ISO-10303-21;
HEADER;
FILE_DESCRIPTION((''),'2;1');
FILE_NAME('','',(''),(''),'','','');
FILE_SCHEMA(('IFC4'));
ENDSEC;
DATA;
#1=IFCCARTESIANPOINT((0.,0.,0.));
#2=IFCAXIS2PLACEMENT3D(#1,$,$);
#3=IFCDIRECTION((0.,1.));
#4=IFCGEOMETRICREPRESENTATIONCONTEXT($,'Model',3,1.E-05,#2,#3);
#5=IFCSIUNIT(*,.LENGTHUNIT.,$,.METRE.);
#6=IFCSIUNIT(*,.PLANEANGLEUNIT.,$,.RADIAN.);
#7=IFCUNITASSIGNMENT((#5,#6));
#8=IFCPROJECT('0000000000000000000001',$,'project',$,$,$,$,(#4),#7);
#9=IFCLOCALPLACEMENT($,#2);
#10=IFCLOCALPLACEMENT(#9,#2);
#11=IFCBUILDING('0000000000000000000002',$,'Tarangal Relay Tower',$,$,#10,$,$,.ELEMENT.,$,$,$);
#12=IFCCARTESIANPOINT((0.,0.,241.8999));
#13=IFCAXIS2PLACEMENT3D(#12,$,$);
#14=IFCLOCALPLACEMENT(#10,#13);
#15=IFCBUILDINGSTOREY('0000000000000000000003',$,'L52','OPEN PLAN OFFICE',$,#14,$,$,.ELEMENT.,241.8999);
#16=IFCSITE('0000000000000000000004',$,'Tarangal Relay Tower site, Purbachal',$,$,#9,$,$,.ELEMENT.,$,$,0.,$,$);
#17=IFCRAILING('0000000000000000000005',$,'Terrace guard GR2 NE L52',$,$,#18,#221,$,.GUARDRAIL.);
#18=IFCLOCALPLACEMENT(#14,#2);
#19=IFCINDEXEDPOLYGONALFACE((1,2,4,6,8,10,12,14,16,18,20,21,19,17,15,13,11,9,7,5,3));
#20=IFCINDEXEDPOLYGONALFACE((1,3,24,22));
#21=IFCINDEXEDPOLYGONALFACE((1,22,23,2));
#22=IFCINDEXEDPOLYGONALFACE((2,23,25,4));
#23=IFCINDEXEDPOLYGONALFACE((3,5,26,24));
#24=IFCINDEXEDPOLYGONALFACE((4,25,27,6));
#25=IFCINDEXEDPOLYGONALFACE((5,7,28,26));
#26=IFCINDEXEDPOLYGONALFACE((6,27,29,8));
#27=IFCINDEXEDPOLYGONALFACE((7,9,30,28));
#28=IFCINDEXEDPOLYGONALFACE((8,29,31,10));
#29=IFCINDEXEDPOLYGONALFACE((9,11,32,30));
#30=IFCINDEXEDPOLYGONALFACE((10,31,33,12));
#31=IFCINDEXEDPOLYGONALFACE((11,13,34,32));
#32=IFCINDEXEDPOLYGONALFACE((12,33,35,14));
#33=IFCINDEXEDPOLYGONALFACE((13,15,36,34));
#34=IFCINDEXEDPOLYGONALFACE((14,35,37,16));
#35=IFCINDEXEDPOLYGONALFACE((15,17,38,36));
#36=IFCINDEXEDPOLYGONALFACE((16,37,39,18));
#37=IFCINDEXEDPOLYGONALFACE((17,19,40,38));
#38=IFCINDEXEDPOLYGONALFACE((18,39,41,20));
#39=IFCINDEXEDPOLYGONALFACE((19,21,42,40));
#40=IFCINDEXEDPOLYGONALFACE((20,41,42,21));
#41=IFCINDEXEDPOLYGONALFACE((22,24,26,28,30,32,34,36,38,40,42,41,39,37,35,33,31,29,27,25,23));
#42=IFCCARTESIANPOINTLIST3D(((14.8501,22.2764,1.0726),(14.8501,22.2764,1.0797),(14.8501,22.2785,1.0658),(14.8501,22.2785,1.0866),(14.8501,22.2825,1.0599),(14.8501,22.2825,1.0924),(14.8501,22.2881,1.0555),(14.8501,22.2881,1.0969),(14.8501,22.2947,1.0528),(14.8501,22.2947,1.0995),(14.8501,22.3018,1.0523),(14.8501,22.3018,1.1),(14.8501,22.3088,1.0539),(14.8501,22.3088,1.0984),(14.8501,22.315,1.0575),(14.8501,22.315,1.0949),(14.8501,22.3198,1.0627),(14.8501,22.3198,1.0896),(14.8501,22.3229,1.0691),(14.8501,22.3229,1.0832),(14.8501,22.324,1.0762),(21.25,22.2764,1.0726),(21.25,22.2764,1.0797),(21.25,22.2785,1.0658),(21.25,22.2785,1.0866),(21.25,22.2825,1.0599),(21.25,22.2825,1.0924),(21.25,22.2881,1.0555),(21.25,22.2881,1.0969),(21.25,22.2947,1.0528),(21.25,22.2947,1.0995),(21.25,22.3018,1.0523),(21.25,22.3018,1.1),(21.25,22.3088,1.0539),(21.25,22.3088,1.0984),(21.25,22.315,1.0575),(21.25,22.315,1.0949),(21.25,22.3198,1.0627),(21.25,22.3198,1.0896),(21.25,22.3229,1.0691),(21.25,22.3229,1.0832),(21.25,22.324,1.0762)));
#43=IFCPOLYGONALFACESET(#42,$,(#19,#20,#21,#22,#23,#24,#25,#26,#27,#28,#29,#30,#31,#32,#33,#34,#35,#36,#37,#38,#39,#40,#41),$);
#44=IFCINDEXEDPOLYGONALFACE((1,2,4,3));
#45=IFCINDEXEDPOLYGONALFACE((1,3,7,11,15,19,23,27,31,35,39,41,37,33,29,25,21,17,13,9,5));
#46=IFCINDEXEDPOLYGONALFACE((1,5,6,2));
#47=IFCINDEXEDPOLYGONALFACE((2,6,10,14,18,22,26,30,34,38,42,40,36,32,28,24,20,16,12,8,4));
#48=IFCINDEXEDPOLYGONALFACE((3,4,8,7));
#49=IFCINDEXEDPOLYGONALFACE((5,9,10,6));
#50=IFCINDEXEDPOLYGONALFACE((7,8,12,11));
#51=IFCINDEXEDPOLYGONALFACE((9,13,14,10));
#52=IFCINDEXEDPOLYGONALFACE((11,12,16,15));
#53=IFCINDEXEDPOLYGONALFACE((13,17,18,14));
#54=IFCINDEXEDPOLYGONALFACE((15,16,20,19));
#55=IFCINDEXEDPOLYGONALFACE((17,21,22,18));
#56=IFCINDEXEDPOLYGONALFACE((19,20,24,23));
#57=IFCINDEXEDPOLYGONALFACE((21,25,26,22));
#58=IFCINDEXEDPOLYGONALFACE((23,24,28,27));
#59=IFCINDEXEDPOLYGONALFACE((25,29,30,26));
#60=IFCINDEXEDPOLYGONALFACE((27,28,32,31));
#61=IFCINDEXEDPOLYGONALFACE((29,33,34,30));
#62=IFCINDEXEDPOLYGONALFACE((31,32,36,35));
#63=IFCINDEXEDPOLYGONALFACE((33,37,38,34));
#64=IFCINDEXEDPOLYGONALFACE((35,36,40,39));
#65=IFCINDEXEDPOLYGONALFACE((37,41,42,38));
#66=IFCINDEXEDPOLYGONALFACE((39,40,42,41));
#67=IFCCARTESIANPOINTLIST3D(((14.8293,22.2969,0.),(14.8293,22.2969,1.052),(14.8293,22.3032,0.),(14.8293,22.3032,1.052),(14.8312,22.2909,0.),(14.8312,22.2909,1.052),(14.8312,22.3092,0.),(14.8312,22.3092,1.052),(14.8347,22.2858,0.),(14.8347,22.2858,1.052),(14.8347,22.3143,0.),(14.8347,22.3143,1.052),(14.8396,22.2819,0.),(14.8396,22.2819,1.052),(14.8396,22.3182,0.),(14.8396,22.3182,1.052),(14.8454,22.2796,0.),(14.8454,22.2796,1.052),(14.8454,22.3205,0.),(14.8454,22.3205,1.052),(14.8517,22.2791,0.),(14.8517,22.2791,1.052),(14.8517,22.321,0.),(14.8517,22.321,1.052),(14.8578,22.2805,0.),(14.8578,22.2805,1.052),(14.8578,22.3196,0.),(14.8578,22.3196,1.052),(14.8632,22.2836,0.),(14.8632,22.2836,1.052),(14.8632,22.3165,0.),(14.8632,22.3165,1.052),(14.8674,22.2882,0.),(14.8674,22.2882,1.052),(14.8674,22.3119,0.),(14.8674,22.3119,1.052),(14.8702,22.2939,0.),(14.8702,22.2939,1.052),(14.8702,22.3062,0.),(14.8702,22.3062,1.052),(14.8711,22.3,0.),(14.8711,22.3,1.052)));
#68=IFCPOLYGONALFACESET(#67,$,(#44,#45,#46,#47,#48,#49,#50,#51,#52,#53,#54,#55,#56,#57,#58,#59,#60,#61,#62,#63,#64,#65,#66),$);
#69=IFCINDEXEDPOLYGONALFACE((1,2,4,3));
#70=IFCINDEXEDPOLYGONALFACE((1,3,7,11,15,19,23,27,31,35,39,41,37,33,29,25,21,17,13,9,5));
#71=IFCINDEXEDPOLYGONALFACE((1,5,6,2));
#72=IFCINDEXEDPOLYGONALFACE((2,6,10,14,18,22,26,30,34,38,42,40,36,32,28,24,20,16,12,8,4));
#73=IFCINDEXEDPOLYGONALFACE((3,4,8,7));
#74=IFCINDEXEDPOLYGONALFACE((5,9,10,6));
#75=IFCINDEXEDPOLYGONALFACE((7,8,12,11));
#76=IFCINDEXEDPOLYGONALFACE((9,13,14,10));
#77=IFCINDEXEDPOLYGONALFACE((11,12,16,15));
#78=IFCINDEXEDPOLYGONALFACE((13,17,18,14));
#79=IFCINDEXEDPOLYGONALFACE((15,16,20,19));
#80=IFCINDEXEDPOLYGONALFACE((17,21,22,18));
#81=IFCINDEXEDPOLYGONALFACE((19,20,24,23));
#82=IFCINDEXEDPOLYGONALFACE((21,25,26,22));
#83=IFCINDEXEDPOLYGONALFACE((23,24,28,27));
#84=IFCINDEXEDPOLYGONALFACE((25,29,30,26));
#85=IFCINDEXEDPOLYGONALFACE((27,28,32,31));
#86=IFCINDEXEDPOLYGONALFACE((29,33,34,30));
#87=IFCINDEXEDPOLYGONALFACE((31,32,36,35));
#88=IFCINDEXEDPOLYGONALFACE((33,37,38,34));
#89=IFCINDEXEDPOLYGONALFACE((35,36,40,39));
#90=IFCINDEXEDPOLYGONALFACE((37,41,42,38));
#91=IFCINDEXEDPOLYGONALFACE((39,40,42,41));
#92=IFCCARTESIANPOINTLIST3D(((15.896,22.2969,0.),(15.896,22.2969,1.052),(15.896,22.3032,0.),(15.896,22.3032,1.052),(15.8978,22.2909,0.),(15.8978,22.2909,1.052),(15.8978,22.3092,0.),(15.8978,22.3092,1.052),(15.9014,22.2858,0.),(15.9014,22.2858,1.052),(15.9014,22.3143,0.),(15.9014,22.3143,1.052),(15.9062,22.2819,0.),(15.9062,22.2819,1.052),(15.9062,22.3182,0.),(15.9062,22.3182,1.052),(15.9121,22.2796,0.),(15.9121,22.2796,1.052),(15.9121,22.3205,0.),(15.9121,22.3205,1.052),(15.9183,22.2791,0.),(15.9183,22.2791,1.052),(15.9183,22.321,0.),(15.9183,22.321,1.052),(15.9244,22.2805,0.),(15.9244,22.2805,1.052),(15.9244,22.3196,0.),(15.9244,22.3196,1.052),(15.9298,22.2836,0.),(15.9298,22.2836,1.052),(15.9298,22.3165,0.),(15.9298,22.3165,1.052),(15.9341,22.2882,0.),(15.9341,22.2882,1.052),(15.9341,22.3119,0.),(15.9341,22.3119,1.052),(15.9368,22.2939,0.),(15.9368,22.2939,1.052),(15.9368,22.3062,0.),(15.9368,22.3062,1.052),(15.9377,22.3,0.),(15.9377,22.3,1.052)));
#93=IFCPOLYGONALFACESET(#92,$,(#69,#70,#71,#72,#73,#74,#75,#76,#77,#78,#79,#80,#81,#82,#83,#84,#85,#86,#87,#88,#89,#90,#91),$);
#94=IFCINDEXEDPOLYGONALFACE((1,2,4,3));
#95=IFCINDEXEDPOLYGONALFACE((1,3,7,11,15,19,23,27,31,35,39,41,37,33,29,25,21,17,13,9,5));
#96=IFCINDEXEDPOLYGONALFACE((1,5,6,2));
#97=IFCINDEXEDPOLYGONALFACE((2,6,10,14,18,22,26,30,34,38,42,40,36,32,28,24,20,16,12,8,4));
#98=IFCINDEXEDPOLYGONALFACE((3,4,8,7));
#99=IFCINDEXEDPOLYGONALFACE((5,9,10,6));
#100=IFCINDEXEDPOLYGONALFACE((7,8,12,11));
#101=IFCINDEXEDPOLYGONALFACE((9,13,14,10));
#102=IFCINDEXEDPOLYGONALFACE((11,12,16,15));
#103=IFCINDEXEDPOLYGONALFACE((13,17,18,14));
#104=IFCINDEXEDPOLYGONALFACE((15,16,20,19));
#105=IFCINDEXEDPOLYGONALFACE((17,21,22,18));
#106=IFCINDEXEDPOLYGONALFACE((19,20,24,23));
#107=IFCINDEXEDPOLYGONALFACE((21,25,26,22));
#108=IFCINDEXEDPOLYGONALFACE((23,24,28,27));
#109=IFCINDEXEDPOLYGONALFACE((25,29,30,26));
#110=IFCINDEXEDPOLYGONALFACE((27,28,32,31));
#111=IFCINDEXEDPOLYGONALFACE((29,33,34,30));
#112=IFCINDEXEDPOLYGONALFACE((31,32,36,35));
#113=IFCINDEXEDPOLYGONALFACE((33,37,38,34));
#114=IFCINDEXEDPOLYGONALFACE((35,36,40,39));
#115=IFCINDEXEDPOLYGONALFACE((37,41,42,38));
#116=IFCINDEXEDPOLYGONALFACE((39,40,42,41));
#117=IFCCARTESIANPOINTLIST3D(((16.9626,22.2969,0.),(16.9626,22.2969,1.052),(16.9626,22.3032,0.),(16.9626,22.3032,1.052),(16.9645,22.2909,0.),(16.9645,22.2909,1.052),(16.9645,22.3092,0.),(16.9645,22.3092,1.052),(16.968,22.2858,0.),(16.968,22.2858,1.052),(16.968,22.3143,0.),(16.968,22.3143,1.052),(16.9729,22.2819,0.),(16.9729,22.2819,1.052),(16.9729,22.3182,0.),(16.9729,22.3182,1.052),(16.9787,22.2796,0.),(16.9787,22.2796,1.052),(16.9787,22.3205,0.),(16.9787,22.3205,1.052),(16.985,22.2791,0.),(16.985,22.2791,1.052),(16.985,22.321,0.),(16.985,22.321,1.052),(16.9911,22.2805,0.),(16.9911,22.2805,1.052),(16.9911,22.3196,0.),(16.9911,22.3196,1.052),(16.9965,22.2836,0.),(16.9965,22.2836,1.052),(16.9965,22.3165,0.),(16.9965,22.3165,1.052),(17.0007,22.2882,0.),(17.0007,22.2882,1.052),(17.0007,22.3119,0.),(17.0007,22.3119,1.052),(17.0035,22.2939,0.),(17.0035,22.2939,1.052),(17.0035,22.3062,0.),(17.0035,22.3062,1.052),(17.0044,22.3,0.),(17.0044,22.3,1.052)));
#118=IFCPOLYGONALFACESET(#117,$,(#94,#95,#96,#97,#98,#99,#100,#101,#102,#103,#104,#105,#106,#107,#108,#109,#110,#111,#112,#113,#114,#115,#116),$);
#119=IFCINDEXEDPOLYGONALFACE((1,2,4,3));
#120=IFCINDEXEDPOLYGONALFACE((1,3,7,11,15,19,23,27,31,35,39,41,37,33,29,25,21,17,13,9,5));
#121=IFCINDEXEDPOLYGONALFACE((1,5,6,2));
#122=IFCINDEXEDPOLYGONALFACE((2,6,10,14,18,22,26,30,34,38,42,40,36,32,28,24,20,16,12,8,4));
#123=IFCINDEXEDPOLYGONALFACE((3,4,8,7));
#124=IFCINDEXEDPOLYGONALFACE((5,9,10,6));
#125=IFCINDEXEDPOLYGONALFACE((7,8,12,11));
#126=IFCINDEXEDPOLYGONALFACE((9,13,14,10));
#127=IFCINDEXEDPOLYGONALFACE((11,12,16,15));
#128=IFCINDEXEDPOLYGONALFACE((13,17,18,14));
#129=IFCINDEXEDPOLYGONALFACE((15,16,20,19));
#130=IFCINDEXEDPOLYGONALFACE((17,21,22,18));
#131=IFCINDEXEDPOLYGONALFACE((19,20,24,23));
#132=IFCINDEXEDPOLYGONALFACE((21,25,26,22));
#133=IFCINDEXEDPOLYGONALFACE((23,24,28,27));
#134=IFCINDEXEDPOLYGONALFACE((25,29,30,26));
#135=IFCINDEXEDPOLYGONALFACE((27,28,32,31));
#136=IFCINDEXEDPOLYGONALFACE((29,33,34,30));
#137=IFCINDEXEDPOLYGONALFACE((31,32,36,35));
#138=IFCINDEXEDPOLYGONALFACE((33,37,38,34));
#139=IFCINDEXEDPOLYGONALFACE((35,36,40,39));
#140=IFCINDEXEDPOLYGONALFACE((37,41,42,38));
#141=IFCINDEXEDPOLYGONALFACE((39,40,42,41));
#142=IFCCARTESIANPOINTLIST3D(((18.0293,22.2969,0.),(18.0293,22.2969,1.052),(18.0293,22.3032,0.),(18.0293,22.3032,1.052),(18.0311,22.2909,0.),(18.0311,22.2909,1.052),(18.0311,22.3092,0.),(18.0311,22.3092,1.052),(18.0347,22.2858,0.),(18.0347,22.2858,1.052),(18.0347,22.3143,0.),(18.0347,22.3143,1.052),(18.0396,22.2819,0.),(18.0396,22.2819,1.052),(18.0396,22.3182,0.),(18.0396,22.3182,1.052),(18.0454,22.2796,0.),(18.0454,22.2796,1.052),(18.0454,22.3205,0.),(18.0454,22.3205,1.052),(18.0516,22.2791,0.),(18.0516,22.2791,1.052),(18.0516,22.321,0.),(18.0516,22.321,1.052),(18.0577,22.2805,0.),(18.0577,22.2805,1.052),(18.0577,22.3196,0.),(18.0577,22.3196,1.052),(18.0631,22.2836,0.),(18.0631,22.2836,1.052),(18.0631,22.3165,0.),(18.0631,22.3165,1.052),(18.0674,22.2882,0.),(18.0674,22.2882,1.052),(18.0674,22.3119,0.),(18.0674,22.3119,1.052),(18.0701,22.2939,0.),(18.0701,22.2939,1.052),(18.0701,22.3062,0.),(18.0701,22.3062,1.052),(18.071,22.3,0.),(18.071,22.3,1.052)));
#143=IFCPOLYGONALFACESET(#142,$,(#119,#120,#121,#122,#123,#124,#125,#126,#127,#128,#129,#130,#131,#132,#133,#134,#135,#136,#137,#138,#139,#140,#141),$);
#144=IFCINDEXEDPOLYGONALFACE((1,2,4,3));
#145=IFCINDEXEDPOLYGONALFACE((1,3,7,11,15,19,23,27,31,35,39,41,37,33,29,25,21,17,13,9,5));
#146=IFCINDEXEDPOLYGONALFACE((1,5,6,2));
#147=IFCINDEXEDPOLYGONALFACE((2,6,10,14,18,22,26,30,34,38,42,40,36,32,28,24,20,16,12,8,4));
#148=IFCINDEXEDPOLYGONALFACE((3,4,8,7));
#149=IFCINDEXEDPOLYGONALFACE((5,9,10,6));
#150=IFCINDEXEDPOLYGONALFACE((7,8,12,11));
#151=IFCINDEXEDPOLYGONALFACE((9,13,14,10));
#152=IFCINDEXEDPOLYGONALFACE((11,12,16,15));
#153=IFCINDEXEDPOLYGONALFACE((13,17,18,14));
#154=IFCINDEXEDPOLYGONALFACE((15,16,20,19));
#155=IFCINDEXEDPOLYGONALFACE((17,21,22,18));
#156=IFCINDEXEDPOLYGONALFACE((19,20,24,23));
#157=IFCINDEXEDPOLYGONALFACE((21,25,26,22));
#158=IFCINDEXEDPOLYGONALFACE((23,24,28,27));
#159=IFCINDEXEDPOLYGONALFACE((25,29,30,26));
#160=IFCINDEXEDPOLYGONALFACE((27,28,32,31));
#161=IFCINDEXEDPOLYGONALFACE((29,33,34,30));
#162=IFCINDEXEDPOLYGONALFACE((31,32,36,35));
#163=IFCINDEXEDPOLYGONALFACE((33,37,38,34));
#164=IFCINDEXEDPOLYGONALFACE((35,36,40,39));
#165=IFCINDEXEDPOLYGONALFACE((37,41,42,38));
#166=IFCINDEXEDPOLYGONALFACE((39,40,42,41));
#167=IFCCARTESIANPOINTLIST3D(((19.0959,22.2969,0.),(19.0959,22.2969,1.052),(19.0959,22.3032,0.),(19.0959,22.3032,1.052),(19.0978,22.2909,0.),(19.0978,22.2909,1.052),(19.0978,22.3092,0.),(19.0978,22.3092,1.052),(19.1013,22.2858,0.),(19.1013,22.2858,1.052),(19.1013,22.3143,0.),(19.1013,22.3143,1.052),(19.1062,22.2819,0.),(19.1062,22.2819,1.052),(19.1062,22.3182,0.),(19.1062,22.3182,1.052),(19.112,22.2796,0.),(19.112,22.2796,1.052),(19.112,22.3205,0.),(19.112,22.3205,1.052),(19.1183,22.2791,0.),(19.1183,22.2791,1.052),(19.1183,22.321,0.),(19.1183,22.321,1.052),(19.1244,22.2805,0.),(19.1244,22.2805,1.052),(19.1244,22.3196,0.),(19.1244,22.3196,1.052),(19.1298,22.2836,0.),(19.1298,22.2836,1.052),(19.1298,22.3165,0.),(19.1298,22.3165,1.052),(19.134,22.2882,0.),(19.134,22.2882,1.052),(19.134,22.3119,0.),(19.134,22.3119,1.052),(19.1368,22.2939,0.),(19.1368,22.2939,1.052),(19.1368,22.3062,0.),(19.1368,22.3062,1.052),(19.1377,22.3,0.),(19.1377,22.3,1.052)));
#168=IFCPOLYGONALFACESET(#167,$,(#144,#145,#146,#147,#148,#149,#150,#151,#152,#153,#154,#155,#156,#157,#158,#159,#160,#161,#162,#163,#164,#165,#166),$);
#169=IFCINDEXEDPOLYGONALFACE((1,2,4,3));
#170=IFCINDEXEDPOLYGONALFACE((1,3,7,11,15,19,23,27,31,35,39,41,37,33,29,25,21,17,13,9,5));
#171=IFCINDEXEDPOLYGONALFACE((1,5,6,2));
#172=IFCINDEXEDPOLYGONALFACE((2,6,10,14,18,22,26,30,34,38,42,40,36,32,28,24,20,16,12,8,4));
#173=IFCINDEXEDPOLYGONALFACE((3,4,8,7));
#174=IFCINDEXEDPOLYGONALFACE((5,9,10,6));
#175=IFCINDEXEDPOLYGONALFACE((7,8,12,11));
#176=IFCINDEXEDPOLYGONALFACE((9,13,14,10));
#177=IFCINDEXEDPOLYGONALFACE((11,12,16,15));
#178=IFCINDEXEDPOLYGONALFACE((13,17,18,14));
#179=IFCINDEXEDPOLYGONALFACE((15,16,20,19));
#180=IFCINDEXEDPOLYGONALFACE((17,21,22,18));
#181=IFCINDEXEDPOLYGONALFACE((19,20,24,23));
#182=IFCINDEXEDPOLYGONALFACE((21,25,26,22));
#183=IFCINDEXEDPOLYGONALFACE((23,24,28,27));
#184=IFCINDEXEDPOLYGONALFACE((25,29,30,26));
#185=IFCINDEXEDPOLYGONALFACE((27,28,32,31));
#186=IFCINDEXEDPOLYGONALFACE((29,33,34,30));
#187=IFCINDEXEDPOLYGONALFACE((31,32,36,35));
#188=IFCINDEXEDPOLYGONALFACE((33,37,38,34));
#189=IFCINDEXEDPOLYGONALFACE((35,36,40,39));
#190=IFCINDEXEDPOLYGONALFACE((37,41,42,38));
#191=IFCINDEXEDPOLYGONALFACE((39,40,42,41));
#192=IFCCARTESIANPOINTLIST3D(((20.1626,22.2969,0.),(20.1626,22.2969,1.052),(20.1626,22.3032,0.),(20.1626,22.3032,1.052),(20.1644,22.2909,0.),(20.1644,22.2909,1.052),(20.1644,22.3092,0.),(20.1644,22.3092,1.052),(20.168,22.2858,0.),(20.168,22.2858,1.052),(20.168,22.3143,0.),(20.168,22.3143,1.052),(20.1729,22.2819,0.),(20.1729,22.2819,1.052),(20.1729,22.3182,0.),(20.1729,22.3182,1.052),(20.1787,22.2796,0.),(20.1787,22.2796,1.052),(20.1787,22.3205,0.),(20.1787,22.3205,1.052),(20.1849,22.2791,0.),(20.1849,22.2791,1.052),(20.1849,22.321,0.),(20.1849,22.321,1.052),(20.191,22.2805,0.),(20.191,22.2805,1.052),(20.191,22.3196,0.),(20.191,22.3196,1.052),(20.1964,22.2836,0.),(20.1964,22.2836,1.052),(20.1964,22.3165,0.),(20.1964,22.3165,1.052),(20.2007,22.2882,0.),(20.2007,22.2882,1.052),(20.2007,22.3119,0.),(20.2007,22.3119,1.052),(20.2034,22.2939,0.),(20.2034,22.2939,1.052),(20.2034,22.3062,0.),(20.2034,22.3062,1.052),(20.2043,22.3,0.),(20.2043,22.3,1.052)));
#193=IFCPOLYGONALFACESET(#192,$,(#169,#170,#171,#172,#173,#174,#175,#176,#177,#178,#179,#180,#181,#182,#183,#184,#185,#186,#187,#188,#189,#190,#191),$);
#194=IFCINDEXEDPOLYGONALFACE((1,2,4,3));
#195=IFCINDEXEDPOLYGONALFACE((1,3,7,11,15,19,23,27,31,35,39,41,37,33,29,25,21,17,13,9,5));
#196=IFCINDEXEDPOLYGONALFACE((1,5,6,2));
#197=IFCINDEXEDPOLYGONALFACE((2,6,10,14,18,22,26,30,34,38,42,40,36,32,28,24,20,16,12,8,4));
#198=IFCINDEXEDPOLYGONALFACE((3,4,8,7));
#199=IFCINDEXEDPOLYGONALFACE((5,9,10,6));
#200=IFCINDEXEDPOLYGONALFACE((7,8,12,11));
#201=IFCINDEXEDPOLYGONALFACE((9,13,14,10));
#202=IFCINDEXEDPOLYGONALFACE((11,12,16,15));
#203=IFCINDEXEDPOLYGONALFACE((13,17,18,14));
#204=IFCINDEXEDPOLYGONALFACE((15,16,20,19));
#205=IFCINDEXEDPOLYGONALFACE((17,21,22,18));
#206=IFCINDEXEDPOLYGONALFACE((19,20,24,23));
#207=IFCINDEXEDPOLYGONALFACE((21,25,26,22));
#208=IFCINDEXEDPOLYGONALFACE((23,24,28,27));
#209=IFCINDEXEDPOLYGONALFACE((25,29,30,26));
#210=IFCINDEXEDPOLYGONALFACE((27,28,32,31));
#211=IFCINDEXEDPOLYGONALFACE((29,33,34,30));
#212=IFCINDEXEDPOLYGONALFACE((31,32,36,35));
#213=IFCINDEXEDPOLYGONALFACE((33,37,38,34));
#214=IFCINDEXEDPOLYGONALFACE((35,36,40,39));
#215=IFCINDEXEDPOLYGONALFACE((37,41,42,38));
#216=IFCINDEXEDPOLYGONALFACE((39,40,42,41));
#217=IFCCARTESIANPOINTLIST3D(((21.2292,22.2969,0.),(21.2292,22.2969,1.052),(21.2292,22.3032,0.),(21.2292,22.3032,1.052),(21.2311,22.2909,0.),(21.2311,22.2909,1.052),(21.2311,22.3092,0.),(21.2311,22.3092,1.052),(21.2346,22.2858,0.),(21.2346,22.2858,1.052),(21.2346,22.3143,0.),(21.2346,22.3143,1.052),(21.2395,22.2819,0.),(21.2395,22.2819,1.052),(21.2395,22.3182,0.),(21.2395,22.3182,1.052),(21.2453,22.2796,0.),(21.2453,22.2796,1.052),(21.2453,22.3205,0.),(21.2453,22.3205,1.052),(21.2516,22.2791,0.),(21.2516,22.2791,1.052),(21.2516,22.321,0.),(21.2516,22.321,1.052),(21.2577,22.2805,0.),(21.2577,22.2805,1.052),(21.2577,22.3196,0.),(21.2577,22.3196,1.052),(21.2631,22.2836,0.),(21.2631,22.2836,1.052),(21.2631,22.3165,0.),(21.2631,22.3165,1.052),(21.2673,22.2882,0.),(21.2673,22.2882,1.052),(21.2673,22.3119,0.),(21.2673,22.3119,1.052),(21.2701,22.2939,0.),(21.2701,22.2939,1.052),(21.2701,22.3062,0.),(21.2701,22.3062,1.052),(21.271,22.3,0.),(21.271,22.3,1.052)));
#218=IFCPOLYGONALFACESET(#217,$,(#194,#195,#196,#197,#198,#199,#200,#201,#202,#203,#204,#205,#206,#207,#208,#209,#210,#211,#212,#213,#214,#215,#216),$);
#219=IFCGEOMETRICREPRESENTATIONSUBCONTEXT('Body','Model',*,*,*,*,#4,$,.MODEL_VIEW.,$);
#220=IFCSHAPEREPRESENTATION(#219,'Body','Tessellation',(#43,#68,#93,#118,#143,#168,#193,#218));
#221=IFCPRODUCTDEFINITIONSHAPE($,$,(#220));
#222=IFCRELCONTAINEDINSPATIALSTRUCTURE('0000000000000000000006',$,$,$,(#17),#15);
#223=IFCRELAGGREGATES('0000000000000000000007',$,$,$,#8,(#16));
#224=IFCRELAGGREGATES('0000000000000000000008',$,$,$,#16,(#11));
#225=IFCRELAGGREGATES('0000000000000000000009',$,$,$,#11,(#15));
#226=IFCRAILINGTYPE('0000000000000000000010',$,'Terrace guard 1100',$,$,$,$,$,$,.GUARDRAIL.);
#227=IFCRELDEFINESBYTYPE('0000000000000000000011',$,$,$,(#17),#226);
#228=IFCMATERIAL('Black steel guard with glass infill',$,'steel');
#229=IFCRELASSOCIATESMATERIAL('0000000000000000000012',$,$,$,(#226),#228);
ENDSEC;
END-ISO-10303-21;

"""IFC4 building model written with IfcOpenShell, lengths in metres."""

from ifc_helpers import new_model, si_unit, direction, frame, origin, origin_2d, place, context, subcontext, project, spatial, circle, extrude, material, type_object, element, save


model = new_model("IFC4")

# Units and contexts
model_context = context("Model", 3, precision=1e-05, world=origin(), true_north=direction((0.0, 1.0)))
body_context = subcontext(model_context, "Body", "Model", "MODEL_VIEW")
ifc_project = project(units=[si_unit("LENGTHUNIT", "METRE"), si_unit("PLANEANGLEUNIT", "RADIAN")], contexts=[model_context])

# Site, building, storey
site_placement = place(None, origin())
site = spatial("IfcSite", under=ifc_project, at=site_placement, Name="Tarangal Relay Tower site, Purbachal", CompositionType="ELEMENT", RefElevation=0.0)
building_placement = place(site_placement, origin())
building = spatial("IfcBuilding", under=site, at=building_placement, Name="Tarangal Relay Tower", CompositionType="ELEMENT")
storey_placement = place(building_placement, frame((0.0, 0.0, 241.8999)))
storey = spatial("IfcBuildingStorey", under=building, at=storey_placement, Name="L52", Description="OPEN PLAN OFFICE", CompositionType="ELEMENT", Elevation=241.8999)

# Railing
ifc_material_1 = material(Name="Black steel guard with glass infill", Category="steel")
railing_type = type_object("IfcRailingType", Name="Terrace guard 1100", PredefinedType="GUARDRAIL", material=ifc_material_1)
railing_1_placement = place(storey_placement, frame((14.8501, 22.3, 0.0)))
element("IfcRailing", 1, at=railing_1_placement, inside=storey, type_object=railing_type, Name="Terrace guard GR2 NE L52", PredefinedType="GUARDRAIL", context=body_context, shape_type="SweptSolid", body=[
    extrude(circle(Radius=0.0239, at=origin_2d()), frame((0.0, 0.0, 1.0762), z_axis=(1.0, 0.0, 0.0), x_axis=(0.0, 1.0, 0.0)), (0.0, 0.0, 1.0), 6.3999),
    extrude(circle(Radius=0.021, at=origin_2d()), origin(), (0.0, 0.0, 1.0), 1.052),
    extrude(circle(Radius=0.021, at=origin_2d()), frame((1.0667, 0.0, 0.0)), (0.0, 0.0, 1.0), 1.052),
    extrude(circle(Radius=0.021, at=origin_2d()), frame((2.1333, 0.0, 0.0)), (0.0, 0.0, 1.0), 1.052),
    extrude(circle(Radius=0.021, at=origin_2d()), frame((3.2, 0.0, 0.0)), (0.0, 0.0, 1.0), 1.052),
    extrude(circle(Radius=0.021, at=origin_2d()), frame((4.2666, 0.0, 0.0)), (0.0, 0.0, 1.0), 1.052),
    extrude(circle(Radius=0.021, at=origin_2d()), frame((5.3333, 0.0, 0.0)), (0.0, 0.0, 1.0), 1.052),
    extrude(circle(Radius=0.021, at=origin_2d()), frame((6.3999, 0.0, 0.0)), (0.0, 0.0, 1.0), 1.052),
])

save(model, "model.ifc")
